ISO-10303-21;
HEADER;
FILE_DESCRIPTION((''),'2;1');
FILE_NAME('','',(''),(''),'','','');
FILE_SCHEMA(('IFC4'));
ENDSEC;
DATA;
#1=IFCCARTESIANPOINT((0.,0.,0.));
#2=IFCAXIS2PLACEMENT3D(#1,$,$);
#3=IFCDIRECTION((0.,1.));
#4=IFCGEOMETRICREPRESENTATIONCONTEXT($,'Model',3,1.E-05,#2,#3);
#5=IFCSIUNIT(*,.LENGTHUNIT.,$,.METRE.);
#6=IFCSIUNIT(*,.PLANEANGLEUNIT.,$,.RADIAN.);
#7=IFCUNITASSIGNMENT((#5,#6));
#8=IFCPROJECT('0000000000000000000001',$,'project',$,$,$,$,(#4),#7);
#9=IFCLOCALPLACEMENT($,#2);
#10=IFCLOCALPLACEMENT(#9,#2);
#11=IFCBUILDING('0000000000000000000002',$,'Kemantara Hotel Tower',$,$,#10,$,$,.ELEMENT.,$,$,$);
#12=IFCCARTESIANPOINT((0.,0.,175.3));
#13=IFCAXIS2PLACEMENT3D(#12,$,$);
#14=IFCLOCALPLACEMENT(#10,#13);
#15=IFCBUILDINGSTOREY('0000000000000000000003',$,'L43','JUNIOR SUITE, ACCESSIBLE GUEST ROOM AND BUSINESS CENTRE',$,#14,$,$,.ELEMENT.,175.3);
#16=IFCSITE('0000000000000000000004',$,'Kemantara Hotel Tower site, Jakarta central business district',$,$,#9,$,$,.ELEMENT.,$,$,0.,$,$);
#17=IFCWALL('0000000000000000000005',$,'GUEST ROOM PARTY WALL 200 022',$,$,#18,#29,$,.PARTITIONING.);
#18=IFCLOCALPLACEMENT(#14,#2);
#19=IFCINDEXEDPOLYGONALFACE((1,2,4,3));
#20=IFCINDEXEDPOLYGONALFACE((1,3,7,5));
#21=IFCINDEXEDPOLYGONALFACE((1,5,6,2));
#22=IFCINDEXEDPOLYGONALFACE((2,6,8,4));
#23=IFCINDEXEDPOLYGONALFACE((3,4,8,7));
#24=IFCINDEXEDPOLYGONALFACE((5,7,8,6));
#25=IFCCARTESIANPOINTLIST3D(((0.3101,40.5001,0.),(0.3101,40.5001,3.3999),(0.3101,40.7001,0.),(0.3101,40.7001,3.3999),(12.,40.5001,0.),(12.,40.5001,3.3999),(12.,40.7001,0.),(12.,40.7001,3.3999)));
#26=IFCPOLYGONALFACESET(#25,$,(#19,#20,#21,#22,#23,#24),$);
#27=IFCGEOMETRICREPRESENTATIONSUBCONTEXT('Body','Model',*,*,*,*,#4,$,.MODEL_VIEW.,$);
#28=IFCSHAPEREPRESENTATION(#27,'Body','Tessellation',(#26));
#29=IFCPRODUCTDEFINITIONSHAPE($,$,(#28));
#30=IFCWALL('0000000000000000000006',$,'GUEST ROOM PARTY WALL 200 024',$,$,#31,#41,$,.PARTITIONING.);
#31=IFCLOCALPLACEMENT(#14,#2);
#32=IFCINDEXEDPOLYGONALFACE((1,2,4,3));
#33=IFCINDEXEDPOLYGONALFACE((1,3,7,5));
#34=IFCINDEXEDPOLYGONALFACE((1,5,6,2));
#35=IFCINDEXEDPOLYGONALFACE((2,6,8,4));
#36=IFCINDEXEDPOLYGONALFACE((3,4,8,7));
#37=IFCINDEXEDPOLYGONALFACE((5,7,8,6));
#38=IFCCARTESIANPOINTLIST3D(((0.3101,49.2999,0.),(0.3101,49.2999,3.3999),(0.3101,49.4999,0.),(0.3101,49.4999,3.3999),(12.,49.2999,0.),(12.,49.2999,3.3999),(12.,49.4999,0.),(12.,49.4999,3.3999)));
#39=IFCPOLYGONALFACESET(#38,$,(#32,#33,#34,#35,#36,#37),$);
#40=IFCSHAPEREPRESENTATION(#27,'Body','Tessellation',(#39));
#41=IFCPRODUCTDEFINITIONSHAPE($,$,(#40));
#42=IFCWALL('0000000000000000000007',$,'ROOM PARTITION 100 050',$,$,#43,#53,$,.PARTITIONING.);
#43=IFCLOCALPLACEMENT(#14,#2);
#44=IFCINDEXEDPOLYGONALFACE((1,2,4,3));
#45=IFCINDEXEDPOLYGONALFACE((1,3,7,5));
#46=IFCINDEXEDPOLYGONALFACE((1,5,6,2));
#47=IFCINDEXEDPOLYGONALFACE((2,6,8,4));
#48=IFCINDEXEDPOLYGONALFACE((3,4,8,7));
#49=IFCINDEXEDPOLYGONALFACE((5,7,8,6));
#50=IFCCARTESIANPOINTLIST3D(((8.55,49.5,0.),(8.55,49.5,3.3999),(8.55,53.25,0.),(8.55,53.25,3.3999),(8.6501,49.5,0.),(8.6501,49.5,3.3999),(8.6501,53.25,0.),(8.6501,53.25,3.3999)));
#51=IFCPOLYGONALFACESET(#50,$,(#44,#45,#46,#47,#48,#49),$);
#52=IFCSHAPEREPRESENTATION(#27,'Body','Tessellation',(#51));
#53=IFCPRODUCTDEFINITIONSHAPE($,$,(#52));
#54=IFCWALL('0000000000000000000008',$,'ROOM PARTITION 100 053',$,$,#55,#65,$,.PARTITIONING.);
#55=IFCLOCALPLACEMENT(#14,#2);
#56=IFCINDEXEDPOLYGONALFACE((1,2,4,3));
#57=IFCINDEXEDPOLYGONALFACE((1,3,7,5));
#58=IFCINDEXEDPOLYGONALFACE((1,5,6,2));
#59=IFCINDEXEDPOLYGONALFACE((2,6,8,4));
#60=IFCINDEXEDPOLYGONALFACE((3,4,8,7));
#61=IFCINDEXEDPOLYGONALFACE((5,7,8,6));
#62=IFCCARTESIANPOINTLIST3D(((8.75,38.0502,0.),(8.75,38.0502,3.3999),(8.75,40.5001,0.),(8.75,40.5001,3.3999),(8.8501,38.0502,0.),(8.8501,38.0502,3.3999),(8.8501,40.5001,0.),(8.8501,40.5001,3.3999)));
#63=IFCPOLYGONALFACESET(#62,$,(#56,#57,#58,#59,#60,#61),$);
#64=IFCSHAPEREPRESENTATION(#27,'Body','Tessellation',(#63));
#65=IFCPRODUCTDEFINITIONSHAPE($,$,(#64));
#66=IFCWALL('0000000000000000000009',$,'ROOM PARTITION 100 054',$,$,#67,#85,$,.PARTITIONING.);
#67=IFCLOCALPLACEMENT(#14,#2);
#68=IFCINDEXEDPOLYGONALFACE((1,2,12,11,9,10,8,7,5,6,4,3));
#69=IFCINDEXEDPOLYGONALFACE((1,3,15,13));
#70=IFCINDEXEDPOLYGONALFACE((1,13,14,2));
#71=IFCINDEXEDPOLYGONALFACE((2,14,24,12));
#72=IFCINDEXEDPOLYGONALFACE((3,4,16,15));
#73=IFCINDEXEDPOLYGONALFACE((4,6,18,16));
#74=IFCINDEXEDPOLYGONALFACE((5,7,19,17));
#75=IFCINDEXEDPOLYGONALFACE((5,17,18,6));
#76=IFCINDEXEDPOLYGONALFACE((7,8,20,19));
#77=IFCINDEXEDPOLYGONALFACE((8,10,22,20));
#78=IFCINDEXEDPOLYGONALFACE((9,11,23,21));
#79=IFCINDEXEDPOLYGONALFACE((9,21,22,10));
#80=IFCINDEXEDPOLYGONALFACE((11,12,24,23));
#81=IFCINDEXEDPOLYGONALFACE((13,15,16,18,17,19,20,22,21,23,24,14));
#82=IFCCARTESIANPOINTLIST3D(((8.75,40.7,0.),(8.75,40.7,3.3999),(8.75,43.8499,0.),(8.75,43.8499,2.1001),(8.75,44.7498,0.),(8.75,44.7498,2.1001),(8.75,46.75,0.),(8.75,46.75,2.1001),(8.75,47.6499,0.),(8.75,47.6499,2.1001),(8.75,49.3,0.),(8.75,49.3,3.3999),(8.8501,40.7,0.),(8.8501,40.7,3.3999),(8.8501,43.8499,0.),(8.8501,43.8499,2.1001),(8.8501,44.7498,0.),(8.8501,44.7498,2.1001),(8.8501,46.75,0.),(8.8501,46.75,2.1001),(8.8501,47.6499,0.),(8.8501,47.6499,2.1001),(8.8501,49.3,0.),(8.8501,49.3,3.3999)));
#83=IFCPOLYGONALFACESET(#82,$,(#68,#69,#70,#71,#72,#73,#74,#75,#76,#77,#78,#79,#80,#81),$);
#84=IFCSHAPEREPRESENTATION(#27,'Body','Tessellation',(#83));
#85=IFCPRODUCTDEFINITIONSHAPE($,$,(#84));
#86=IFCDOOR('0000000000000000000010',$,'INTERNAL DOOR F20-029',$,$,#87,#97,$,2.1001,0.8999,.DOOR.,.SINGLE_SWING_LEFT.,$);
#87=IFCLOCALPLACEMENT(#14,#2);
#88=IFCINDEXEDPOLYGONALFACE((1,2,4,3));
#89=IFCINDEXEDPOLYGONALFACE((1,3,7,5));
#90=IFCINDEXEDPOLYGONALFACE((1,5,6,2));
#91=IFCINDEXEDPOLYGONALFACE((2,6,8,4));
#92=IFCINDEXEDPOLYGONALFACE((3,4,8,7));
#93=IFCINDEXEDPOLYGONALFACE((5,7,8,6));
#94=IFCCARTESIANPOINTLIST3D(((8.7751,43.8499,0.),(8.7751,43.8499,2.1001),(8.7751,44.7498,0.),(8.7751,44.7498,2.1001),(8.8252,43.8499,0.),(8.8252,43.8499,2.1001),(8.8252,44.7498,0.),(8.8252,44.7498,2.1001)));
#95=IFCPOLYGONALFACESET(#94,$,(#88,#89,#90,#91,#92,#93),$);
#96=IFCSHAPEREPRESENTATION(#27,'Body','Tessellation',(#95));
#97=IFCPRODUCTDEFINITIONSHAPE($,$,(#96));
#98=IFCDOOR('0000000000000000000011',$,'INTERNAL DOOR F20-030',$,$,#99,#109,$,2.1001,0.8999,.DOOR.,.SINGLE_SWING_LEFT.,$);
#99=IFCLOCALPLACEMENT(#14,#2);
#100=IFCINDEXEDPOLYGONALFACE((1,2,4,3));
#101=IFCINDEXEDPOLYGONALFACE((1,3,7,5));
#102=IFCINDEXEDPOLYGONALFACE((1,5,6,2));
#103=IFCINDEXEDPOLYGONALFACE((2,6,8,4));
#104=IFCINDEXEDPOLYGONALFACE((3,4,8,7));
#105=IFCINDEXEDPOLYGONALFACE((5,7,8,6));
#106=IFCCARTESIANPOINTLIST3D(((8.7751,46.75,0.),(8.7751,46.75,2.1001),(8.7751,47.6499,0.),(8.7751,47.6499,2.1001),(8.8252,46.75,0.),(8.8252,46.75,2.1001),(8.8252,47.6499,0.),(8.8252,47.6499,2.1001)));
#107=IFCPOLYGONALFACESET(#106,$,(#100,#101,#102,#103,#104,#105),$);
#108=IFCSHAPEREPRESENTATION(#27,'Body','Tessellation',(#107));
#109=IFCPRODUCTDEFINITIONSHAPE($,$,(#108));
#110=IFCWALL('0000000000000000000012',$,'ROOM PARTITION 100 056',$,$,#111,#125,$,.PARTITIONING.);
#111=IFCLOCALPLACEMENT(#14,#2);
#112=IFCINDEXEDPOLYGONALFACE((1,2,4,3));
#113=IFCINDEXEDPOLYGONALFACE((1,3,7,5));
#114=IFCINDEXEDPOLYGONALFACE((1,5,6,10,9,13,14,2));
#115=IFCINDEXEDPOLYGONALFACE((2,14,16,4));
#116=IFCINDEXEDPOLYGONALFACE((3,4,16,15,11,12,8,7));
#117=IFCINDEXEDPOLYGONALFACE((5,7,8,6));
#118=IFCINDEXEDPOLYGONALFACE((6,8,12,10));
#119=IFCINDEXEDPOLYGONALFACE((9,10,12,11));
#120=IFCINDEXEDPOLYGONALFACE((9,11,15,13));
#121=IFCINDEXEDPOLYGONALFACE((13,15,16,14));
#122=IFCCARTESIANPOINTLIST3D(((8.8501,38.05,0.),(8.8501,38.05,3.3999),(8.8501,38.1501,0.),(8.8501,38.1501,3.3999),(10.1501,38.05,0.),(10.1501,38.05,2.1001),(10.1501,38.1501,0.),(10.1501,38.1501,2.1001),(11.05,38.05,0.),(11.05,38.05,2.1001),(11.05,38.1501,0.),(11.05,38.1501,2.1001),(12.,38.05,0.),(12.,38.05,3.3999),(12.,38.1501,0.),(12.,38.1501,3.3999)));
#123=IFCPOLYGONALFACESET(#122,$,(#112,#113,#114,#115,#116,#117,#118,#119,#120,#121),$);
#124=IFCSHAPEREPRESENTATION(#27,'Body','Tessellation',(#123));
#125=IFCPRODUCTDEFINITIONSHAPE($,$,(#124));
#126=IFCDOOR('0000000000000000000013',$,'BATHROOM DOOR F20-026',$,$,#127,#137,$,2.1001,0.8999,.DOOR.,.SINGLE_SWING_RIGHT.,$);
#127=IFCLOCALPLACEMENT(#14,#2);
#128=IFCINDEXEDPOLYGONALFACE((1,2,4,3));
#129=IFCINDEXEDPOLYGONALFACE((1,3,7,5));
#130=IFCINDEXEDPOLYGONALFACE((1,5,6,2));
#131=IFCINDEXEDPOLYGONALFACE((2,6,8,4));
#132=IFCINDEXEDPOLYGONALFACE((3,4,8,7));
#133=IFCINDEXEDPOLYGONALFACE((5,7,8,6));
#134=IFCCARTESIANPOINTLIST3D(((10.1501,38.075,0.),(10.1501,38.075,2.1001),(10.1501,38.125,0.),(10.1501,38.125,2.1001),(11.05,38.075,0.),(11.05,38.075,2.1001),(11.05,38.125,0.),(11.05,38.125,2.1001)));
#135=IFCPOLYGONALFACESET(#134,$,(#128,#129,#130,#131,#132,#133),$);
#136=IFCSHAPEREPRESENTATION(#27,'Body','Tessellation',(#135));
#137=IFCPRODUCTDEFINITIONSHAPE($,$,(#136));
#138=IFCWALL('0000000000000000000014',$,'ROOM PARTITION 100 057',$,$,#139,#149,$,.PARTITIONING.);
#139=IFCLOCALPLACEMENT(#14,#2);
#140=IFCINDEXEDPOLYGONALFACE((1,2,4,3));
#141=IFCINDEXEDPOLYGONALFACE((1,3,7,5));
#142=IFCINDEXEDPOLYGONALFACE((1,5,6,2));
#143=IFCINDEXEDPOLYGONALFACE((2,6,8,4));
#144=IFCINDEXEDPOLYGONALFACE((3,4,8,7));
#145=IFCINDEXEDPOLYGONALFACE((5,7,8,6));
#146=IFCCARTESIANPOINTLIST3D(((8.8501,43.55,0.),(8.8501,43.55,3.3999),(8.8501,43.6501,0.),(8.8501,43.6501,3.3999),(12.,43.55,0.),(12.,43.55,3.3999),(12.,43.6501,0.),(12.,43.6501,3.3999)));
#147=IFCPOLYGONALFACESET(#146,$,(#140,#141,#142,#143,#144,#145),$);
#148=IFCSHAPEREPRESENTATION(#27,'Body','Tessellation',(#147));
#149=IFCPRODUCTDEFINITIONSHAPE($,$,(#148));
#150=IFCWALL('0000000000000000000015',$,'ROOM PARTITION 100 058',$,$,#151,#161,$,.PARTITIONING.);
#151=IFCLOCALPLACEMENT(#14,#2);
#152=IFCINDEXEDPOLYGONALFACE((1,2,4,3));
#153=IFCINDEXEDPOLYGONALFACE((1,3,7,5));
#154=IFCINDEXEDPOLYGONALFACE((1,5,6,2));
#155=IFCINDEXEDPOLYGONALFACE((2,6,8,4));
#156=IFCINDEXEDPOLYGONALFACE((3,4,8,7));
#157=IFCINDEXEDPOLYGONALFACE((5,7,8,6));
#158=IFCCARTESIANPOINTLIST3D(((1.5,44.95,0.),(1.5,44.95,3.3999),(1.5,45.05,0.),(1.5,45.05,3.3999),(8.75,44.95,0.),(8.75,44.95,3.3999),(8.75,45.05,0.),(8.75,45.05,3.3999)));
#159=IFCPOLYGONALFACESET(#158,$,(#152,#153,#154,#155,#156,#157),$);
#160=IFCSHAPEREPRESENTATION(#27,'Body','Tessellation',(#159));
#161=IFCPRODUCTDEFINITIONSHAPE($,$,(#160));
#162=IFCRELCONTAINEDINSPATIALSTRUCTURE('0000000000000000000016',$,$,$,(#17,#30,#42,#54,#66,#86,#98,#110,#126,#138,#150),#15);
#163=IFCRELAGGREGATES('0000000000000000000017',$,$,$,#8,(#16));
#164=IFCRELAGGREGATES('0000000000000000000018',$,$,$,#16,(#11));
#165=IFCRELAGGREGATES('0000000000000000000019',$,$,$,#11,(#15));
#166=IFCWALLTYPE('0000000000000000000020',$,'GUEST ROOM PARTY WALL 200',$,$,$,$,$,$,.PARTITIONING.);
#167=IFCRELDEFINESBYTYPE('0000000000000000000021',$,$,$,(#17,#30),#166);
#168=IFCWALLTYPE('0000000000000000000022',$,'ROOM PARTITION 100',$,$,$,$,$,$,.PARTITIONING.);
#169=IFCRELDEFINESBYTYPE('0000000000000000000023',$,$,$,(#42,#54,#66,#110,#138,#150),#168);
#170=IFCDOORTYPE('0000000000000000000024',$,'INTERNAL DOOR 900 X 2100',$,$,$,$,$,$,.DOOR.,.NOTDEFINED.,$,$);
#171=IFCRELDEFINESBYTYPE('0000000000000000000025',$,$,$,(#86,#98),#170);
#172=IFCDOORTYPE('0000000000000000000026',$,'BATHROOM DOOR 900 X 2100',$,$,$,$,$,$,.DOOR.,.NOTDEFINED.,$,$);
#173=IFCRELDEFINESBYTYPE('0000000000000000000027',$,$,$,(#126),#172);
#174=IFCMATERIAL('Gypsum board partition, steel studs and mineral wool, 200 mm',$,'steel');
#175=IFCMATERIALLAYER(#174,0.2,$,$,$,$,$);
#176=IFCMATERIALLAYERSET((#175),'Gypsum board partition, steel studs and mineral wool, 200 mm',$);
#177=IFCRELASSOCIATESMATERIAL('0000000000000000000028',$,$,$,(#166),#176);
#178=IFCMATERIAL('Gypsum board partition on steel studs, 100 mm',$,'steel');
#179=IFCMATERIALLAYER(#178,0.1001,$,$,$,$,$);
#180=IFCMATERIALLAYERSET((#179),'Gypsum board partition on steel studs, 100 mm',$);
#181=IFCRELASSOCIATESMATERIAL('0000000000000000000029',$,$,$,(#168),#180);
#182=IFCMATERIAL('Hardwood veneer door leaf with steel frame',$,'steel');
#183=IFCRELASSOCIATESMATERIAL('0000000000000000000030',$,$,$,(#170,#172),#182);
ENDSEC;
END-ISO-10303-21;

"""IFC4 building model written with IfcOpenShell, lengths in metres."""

from ifc_helpers import new_model, si_unit, direction, frame, frame_2d, origin, place, context, subcontext, project, spatial, rectangle, extrude, material, layer, layer_set, type_object, element, fill, save


model = new_model("IFC4")

# Units and contexts
model_context = context("Model", 3, precision=1e-05, world=origin(), true_north=direction((0.0, 1.0)))
body_context = subcontext(model_context, "Body", "Model", "MODEL_VIEW")
ifc_project = project(units=[si_unit("LENGTHUNIT", "METRE"), si_unit("PLANEANGLEUNIT", "RADIAN")], contexts=[model_context])

# Site, building, storey
site_placement = place(None, origin())
site = spatial("IfcSite", under=ifc_project, at=site_placement, Name="Kemantara Hotel Tower site, Jakarta central business district", CompositionType="ELEMENT", RefElevation=0.0)
building_placement = place(site_placement, origin())
building = spatial("IfcBuilding", under=site, at=building_placement, Name="Kemantara Hotel Tower", CompositionType="ELEMENT")
storey_placement = place(building_placement, frame((0.0, 0.0, 175.3)))
storey = spatial("IfcBuildingStorey", under=building, at=storey_placement, Name="L43", Description="JUNIOR SUITE, ACCESSIBLE GUEST ROOM AND BUSINESS CENTRE", CompositionType="ELEMENT", Elevation=175.3)

# Shared definitions
ifc_material_1 = material(Name="Gypsum board partition, steel studs and mineral wool, 200 mm", Category="steel")
ifc_material_2 = material(Name="Hardwood veneer door leaf with steel frame", Category="steel")

# Walls
ifc_layer_1 = layer(ifc_material_1, 0.2)
ifc_layer_set_1 = layer_set([ifc_layer_1], Name="Gypsum board partition, steel studs and mineral wool, 200 mm")
wall_type_1 = type_object("IfcWallType", Name="GUEST ROOM PARTY WALL 200", PredefinedType="PARTITIONING", material=ifc_layer_set_1)
for number, where, z_axis, x_axis, name in (
    (1, (0.3101, 40.6001, 0.0), (0.0, 0.0, 1.0), (1.0, 0.0, 0.0), "GUEST ROOM PARTY WALL 200 022"),
    (2, (0.3101, 49.3999, 0.0), (0.0, 0.0, 1.0), (1.0, 0.0, 0.0), "GUEST ROOM PARTY WALL 200 024"),
):
    element("IfcWall", number, at=place(storey_placement, frame(where, z_axis=z_axis, x_axis=x_axis)), inside=storey, type_object=wall_type_1, Name=name, PredefinedType="PARTITIONING", context=body_context, shape_type="SweptSolid", body=[
        extrude(rectangle(XDim=11.6899, YDim=0.2, at=frame_2d((5.845, 0.0))), origin(), (0.0, 0.0, 1.0), 3.3999),
    ])
ifc_material_3 = material(Name="Gypsum board partition on steel studs, 100 mm", Category="steel")
ifc_layer_2 = layer(ifc_material_3, 0.1001)
ifc_layer_set_2 = layer_set([ifc_layer_2], Name="Gypsum board partition on steel studs, 100 mm")
wall_type_2 = type_object("IfcWallType", Name="ROOM PARTITION 100", PredefinedType="PARTITIONING", material=ifc_layer_set_2)
wall_1_placement = place(storey_placement, frame((8.6001, 49.5, 0.0), z_axis=(0.0, 0.0, 1.0), x_axis=(0.0, 1.0, 0.0)))
element("IfcWall", 3, at=wall_1_placement, inside=storey, type_object=wall_type_2, Name="ROOM PARTITION 100 050", PredefinedType="PARTITIONING", context=body_context, shape_type="SweptSolid", body=[
    extrude(rectangle(XDim=3.75, YDim=0.1001, at=frame_2d((1.875, 0.0))), origin(), (0.0, 0.0, 1.0), 3.3999),
])
wall_2_placement = place(storey_placement, frame((8.8, 38.05, 0.0), z_axis=(0.0, 0.0, 1.0), x_axis=(0.0, 1.0, 0.0)))
element("IfcWall", 4, at=wall_2_placement, inside=storey, type_object=wall_type_2, Name="ROOM PARTITION 100 053", PredefinedType="PARTITIONING", context=body_context, shape_type="SweptSolid", body=[
    extrude(rectangle(XDim=2.45, YDim=0.1001, at=frame_2d((1.2251, 0.0))), origin(), (0.0, 0.0, 1.0), 3.3999),
])

# Wall, openings, doors
wall_3_placement = place(storey_placement, frame((8.8, 40.7, 0.0), z_axis=(0.0, 0.0, 1.0), x_axis=(0.0, 1.0, 0.0)))
wall_3 = element("IfcWall", 5, at=wall_3_placement, inside=storey, type_object=wall_type_2, Name="ROOM PARTITION 100 054", PredefinedType="PARTITIONING", context=body_context, shape_type="SweptSolid", body=[
    extrude(rectangle(XDim=8.6001, YDim=0.1001, at=frame_2d((4.3, 0.0))), origin(), (0.0, 0.0, 1.0), 3.3999),
])
opening_1_placement = place(wall_3_placement, frame((3.1499, 0.0, 0.0)))
opening_1 = element("IfcOpeningElement", 6, at=opening_1_placement, cuts=wall_3, PredefinedType="OPENING", context=body_context, shape_type="SweptSolid", body=[
    extrude(rectangle(XDim=0.8999, YDim=2.1001, at=frame_2d((0.45, 1.05))), frame((0.0, 0.0601, 0.0), z_axis=(0.0, -1.0, 0.0), x_axis=(1.0, 0.0, 0.0)), (0.0, 0.0, 1.0), 0.1201),
])
opening_2_placement = place(wall_3_placement, frame((6.05, 0.0, 0.0)))
opening_2 = element("IfcOpeningElement", 7, at=opening_2_placement, cuts=wall_3, PredefinedType="OPENING", context=body_context, shape_type="SweptSolid", body=[
    extrude(rectangle(XDim=0.8999, YDim=2.1001, at=frame_2d((0.45, 1.05))), frame((0.0, 0.0601, 0.0), z_axis=(0.0, -1.0, 0.0), x_axis=(1.0, 0.0, 0.0)), (0.0, 0.0, 1.0), 0.1201),
])
door_type_1 = type_object("IfcDoorType", Name="INTERNAL DOOR 900 X 2100", OperationType="NOTDEFINED", PredefinedType="DOOR", material=ifc_material_2)
door_1_placement = place(opening_1_placement, origin())
door_1 = element("IfcDoor", 8, at=door_1_placement, inside=storey, type_object=door_type_1, Name="INTERNAL DOOR F20-029", OperationType="SINGLE_SWING_LEFT", OverallHeight=2.1001, OverallWidth=0.8999, PredefinedType="DOOR", context=body_context, shape_type="SweptSolid", body=[
    extrude(rectangle(XDim=0.8999, YDim=2.1001, at=frame_2d((0.45, 1.05))), frame((0.0, 0.0249, 0.0), z_axis=(0.0, -1.0, 0.0), x_axis=(1.0, 0.0, 0.0)), (0.0, 0.0, 1.0), 0.05),
])
fill(opening_1, door_1)
door_2_placement = place(opening_2_placement, origin())
door_2 = element("IfcDoor", 9, at=door_2_placement, inside=storey, type_object=door_type_1, Name="INTERNAL DOOR F20-030", OperationType="SINGLE_SWING_LEFT", OverallHeight=2.1001, OverallWidth=0.8999, PredefinedType="DOOR", context=body_context, shape_type="SweptSolid", body=[
    extrude(rectangle(XDim=0.8999, YDim=2.1001, at=frame_2d((0.45, 1.05))), frame((0.0, 0.0249, 0.0), z_axis=(0.0, -1.0, 0.0), x_axis=(1.0, 0.0, 0.0)), (0.0, 0.0, 1.0), 0.05),
])
fill(opening_2, door_2)

# Wall, opening, door
wall_4_placement = place(storey_placement, frame((8.8501, 38.1001, 0.0), z_axis=(0.0, 0.0, 1.0), x_axis=(1.0, 0.0, 0.0)))
wall_4 = element("IfcWall", 10, at=wall_4_placement, inside=storey, type_object=wall_type_2, Name="ROOM PARTITION 100 056", PredefinedType="PARTITIONING", context=body_context, shape_type="SweptSolid", body=[
    extrude(rectangle(XDim=3.1499, YDim=0.1001, at=frame_2d((1.575, 0.0))), origin(), (0.0, 0.0, 1.0), 3.3999),
])
opening_3_placement = place(wall_4_placement, frame((1.3, 0.0, 0.0)))
opening_3 = element("IfcOpeningElement", 11, at=opening_3_placement, cuts=wall_4, PredefinedType="OPENING", context=body_context, shape_type="SweptSolid", body=[
    extrude(rectangle(XDim=0.8999, YDim=2.1001, at=frame_2d((0.45, 1.05))), frame((0.0, 0.0601, 0.0), z_axis=(0.0, -1.0, 0.0), x_axis=(1.0, 0.0, 0.0)), (0.0, 0.0, 1.0), 0.1201),
])
door_type_2 = type_object("IfcDoorType", Name="BATHROOM DOOR 900 X 2100", OperationType="NOTDEFINED", PredefinedType="DOOR", material=ifc_material_2)
door_3_placement = place(opening_3_placement, origin())
door_3 = element("IfcDoor", 12, at=door_3_placement, inside=storey, type_object=door_type_2, Name="BATHROOM DOOR F20-026", OperationType="SINGLE_SWING_RIGHT", OverallHeight=2.1001, OverallWidth=0.8999, PredefinedType="DOOR", context=body_context, shape_type="SweptSolid", body=[
    extrude(rectangle(XDim=0.8999, YDim=2.1001, at=frame_2d((0.45, 1.05))), frame((0.0, 0.0249, 0.0), z_axis=(0.0, -1.0, 0.0), x_axis=(1.0, 0.0, 0.0)), (0.0, 0.0, 1.0), 0.05),
])
fill(opening_3, door_3)

# Walls
wall_5_placement = place(storey_placement, frame((8.8501, 43.6001, 0.0), z_axis=(0.0, 0.0, 1.0), x_axis=(1.0, 0.0, 0.0)))
element("IfcWall", 13, at=wall_5_placement, inside=storey, type_object=wall_type_2, Name="ROOM PARTITION 100 057", PredefinedType="PARTITIONING", context=body_context, shape_type="SweptSolid", body=[
    extrude(rectangle(XDim=3.1499, YDim=0.1001, at=frame_2d((1.575, 0.0))), origin(), (0.0, 0.0, 1.0), 3.3999),
])
wall_6_placement = place(storey_placement, frame((1.5, 45.0, 0.0), z_axis=(0.0, 0.0, 1.0), x_axis=(1.0, 0.0, 0.0)))
element("IfcWall", 14, at=wall_6_placement, inside=storey, type_object=wall_type_2, Name="ROOM PARTITION 100 058", PredefinedType="PARTITIONING", context=body_context, shape_type="SweptSolid", body=[
    extrude(rectangle(XDim=7.25, YDim=0.1001, at=frame_2d((3.625, 0.0))), origin(), (0.0, 0.0, 1.0), 3.3999),
])

save(model, "model.ifc")
